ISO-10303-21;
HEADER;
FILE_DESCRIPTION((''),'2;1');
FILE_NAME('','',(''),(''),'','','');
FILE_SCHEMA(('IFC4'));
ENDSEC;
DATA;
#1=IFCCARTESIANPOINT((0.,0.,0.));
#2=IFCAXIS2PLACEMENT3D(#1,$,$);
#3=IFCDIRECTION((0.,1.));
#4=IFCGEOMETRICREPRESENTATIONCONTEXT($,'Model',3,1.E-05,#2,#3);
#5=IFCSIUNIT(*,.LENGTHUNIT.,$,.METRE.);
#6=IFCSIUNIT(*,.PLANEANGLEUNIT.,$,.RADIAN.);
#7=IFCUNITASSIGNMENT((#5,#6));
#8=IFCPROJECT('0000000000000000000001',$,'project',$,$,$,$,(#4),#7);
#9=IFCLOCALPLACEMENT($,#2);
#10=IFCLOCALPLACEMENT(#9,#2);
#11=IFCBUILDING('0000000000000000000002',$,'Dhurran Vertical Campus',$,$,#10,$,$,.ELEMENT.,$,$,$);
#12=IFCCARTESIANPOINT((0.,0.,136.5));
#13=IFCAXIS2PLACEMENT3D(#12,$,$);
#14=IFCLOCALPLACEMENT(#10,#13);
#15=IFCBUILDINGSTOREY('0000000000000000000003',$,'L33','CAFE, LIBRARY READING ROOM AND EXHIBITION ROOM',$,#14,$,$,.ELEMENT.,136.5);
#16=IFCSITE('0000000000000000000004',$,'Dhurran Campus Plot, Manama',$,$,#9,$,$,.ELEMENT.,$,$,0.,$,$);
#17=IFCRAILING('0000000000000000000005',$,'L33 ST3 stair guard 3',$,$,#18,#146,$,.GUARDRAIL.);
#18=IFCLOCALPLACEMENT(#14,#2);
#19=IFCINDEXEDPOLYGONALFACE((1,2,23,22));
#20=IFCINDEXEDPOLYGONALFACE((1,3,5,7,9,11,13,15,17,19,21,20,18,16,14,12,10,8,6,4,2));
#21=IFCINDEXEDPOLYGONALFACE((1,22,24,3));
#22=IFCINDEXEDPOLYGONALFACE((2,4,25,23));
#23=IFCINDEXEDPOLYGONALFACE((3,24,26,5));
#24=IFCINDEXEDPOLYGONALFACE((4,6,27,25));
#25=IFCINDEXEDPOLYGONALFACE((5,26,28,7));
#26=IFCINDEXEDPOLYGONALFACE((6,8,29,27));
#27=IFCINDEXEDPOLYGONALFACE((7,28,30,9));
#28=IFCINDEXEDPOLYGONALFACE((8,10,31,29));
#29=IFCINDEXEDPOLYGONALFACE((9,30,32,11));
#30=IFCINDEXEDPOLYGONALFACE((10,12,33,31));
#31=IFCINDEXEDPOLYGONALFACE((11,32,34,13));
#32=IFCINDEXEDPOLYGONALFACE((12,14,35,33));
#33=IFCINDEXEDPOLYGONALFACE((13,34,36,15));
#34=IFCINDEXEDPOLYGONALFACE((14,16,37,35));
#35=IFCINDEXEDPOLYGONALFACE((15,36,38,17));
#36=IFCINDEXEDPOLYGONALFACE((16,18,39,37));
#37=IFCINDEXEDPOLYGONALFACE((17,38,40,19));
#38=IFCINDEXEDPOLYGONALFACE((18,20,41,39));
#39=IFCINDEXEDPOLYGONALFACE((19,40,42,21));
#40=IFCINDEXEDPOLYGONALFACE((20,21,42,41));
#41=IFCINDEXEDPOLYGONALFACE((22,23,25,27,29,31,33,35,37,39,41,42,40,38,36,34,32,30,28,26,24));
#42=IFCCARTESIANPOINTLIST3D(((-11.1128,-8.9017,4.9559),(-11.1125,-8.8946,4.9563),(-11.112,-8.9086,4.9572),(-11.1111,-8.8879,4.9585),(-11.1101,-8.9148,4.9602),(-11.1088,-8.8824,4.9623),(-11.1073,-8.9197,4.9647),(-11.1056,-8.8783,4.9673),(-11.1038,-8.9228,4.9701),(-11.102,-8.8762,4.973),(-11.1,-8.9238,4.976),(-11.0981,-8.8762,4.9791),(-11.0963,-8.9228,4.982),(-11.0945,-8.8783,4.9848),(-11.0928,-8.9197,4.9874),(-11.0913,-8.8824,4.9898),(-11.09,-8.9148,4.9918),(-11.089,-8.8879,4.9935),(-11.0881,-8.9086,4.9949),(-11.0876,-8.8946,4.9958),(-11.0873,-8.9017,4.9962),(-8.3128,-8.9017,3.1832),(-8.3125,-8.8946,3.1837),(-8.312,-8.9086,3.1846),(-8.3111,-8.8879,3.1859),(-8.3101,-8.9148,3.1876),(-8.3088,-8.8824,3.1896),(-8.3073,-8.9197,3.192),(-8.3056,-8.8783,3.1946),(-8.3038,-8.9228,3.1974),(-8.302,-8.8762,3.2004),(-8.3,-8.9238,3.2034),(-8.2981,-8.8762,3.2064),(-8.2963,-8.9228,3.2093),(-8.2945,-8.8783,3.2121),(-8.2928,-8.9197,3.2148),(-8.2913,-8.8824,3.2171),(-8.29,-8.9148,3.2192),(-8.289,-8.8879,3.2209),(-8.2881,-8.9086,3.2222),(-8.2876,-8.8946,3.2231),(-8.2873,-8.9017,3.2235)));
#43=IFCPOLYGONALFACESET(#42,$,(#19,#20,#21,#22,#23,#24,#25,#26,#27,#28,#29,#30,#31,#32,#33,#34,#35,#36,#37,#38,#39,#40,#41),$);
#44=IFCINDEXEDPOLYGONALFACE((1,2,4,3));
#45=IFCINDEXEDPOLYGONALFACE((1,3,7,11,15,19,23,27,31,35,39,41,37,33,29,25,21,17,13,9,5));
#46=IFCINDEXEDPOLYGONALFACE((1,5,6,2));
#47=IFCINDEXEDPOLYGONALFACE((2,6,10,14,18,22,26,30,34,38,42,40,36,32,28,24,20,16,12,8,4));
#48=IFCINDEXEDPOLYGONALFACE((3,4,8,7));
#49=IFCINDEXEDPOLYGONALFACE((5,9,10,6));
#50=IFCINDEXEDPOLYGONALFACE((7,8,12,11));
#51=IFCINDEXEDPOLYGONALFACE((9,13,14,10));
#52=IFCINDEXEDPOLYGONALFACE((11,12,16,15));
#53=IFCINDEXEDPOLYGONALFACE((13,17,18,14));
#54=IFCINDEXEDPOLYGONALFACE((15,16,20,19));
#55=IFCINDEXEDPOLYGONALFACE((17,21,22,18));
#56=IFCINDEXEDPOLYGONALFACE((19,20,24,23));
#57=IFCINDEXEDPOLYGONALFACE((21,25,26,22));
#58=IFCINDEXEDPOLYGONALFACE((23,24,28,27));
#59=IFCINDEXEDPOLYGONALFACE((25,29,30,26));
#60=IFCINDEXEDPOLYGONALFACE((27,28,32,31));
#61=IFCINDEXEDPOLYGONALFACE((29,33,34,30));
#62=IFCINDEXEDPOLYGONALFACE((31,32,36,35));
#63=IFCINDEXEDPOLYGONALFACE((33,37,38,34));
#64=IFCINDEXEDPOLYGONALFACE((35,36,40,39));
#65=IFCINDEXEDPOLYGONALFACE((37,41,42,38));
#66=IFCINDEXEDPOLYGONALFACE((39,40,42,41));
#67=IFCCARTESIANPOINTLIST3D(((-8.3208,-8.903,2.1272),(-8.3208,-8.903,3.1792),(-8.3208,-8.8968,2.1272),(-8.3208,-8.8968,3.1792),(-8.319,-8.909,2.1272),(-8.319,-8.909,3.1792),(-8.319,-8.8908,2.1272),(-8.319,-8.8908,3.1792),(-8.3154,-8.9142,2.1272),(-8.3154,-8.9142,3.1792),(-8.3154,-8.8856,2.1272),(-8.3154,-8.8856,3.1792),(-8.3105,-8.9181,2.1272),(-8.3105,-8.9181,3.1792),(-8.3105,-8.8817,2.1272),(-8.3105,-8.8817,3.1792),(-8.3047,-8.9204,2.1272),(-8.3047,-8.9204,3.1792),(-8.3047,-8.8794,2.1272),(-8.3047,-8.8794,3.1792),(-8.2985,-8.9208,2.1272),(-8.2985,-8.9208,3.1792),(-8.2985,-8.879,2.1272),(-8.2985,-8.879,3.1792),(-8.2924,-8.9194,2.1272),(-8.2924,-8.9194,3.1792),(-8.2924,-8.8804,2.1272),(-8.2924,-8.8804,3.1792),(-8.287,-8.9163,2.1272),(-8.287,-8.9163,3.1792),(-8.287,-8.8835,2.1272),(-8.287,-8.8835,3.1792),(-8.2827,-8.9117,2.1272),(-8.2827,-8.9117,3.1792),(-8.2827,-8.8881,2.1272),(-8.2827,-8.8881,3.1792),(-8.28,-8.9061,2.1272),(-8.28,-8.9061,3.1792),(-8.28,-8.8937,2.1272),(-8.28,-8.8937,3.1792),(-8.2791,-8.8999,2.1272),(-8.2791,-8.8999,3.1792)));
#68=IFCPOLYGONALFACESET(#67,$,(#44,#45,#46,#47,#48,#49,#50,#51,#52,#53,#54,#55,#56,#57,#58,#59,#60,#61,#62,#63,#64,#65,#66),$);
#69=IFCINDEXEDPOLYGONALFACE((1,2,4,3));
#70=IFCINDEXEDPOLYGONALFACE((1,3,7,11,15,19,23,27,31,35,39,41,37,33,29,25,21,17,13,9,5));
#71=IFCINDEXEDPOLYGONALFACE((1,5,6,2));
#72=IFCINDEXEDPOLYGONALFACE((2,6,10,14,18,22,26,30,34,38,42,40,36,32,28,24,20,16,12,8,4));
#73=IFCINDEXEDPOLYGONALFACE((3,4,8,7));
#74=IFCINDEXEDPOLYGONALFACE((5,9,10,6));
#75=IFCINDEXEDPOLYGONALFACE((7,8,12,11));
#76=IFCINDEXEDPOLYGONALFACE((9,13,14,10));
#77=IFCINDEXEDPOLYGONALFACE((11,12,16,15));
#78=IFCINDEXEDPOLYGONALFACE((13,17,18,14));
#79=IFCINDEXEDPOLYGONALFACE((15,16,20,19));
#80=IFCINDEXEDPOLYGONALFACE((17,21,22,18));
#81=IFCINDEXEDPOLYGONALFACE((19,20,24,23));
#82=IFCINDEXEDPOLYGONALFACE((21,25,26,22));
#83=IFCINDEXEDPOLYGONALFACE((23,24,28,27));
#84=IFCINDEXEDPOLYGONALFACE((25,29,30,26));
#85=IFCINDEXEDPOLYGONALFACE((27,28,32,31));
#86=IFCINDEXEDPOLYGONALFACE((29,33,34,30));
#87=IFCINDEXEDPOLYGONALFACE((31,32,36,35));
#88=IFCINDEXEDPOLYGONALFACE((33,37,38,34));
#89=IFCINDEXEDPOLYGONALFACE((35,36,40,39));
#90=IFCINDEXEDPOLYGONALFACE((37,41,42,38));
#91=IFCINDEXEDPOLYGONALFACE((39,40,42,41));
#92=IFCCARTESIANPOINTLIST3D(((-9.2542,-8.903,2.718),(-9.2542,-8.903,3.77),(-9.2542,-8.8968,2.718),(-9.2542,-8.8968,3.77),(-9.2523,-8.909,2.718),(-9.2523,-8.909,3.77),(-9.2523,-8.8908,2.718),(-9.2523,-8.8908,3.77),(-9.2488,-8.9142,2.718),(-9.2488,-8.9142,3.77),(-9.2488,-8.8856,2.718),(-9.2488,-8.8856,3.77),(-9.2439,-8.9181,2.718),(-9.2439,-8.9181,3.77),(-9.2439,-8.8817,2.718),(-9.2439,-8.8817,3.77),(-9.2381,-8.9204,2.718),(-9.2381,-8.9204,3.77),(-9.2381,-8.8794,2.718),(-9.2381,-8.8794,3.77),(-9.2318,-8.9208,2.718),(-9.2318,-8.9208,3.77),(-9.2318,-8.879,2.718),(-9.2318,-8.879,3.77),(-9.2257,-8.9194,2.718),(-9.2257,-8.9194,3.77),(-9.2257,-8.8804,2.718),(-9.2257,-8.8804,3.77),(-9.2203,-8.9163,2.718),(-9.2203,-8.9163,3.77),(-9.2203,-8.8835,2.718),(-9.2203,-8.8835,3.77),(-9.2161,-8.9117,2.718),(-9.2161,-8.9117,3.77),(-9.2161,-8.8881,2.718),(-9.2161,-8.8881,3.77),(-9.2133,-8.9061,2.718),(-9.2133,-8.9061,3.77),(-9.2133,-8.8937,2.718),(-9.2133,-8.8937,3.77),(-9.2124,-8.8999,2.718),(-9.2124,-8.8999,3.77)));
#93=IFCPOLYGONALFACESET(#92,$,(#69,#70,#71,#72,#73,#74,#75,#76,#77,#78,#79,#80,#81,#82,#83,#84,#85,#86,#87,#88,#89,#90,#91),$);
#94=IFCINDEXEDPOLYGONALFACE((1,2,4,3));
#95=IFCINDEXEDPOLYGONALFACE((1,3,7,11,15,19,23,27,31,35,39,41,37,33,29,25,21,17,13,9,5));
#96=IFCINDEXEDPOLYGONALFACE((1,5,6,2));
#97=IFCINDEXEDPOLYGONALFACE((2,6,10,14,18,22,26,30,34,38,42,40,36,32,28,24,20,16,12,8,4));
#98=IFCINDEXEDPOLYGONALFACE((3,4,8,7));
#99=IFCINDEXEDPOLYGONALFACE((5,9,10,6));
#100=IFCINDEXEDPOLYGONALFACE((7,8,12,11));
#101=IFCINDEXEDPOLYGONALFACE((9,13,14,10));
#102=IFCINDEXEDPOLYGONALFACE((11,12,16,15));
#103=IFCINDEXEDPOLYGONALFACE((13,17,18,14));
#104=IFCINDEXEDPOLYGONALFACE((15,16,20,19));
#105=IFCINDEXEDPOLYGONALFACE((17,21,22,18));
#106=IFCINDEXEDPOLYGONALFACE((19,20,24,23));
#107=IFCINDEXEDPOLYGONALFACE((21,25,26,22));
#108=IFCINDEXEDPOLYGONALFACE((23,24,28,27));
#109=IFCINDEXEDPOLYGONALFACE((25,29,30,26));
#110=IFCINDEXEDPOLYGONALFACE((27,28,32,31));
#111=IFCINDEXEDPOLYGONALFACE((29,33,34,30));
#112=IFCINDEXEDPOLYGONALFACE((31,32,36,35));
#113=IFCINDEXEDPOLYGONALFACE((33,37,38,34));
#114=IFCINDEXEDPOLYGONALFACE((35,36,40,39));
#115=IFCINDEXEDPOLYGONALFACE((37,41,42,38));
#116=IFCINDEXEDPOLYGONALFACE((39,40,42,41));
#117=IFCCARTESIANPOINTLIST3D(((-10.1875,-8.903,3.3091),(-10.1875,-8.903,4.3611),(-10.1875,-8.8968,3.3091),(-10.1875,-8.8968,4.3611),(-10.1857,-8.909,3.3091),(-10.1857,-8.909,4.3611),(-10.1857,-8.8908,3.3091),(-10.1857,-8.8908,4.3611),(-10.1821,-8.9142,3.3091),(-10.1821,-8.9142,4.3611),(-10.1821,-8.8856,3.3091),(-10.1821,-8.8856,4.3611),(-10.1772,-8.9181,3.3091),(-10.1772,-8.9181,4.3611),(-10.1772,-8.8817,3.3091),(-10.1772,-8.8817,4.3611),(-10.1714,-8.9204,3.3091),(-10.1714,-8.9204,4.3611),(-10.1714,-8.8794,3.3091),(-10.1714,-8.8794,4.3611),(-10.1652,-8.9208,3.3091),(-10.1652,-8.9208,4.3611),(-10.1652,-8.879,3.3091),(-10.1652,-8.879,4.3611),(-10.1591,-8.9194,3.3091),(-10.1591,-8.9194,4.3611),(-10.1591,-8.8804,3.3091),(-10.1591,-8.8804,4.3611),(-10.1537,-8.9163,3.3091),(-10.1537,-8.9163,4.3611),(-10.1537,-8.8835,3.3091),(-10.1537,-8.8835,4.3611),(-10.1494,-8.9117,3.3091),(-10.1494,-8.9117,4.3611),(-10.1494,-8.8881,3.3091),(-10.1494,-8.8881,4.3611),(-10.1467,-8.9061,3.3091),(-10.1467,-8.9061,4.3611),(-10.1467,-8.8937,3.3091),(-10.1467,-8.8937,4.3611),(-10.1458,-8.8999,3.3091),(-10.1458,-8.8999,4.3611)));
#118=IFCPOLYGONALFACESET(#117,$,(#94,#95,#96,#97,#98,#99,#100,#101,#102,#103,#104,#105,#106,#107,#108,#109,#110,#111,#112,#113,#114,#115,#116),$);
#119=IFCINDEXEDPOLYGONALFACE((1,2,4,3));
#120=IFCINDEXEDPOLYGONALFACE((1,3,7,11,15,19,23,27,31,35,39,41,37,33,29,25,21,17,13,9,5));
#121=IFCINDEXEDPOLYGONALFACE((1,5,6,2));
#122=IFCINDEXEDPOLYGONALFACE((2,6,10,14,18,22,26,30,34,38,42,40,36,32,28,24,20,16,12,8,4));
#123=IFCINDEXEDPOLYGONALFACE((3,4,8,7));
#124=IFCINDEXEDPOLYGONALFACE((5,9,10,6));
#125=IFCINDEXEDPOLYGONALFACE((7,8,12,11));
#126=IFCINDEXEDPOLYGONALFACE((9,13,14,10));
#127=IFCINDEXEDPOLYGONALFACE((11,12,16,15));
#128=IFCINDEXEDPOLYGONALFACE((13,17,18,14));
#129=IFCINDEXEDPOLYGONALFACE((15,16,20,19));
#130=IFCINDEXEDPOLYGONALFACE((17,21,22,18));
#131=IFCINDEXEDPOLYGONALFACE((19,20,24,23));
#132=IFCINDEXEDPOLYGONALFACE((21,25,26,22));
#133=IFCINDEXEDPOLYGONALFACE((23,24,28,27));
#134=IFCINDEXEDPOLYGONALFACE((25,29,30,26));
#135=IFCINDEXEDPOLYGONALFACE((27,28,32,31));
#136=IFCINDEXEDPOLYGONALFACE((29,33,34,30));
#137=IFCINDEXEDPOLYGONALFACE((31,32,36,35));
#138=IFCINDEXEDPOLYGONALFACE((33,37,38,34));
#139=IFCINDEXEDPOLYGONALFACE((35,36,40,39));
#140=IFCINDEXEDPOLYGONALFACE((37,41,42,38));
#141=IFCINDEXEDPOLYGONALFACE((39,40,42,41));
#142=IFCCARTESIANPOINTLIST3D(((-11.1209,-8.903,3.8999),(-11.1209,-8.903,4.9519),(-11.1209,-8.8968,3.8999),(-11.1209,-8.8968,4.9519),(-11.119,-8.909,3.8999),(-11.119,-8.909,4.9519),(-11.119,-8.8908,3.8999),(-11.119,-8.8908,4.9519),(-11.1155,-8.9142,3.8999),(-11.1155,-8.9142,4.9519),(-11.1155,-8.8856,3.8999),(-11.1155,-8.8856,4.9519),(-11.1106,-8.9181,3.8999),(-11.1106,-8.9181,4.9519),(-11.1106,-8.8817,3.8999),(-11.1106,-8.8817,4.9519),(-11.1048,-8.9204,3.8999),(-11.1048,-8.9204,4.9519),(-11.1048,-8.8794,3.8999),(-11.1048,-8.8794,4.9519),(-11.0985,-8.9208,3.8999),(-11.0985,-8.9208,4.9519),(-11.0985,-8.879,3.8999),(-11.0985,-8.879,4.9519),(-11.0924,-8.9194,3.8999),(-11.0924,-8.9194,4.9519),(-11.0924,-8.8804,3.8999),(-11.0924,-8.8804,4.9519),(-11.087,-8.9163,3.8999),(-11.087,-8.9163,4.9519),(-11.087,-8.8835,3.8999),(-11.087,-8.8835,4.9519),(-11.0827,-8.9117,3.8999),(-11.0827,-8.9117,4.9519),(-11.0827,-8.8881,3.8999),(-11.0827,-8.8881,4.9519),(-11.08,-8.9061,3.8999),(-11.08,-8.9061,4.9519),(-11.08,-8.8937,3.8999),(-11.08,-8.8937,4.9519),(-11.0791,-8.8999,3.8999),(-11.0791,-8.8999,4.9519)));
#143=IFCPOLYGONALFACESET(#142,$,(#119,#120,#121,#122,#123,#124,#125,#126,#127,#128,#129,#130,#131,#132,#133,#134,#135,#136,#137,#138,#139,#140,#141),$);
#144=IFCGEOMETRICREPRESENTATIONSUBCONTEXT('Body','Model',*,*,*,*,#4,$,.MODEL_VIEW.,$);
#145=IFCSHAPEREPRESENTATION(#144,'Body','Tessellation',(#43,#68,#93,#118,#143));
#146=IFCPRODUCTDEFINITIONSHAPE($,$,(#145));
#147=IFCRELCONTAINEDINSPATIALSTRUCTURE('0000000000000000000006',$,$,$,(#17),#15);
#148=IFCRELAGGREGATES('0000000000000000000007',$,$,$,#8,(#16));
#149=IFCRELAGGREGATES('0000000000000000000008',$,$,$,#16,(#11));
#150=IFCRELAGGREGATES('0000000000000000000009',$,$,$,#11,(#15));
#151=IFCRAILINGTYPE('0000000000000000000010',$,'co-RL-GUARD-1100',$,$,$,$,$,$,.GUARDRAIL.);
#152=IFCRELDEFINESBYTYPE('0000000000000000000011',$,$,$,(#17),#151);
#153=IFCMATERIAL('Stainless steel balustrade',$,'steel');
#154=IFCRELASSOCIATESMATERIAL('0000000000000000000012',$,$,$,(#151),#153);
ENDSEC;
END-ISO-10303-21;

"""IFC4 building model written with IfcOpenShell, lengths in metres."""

from ifc_helpers import new_model, si_unit, direction, frame, origin, origin_2d, place, context, subcontext, project, spatial, circle, extrude, material, type_object, element, save


model = new_model("IFC4")

# Units and contexts
model_context = context("Model", 3, precision=1e-05, world=origin(), true_north=direction((0.0, 1.0)))
body_context = subcontext(model_context, "Body", "Model", "MODEL_VIEW")
ifc_project = project(units=[si_unit("LENGTHUNIT", "METRE"), si_unit("PLANEANGLEUNIT", "RADIAN")], contexts=[model_context])

# Site, building, storey
site_placement = place(None, origin())
site = spatial("IfcSite", under=ifc_project, at=site_placement, Name="Dhurran Campus Plot, Manama", CompositionType="ELEMENT", RefElevation=0.0)
building_placement = place(site_placement, origin())
building = spatial("IfcBuilding", under=site, at=building_placement, Name="Dhurran Vertical Campus", CompositionType="ELEMENT")
storey_placement = place(building_placement, frame((0.0, 0.0, 136.5)))
storey = spatial("IfcBuildingStorey", under=building, at=storey_placement, Name="L33", Description="CAFE, LIBRARY READING ROOM AND EXHIBITION ROOM", CompositionType="ELEMENT", Elevation=136.5)

# Railing
ifc_material_1 = material(Name="Stainless steel balustrade", Category="steel")
railing_type_1 = type_object("IfcRailingType", Name="co-RL-GUARD-1100", PredefinedType="GUARDRAIL", material=ifc_material_1)
railing_1_placement = place(storey_placement, frame((-8.3, -8.8999, 2.1272)))
element("IfcRailing", 1, at=railing_1_placement, inside=storey, type_object=railing_type_1, Name="L33 ST3 stair guard 3", PredefinedType="GUARDRAIL", context=body_context, shape_type="SweptSolid", body=[
    extrude(circle(Radius=0.0239, at=origin_2d()), frame((0.0, 0.0, 1.0762), z_axis=(-0.844909, 0.0, 0.53491), x_axis=(0.0, -1.0, 0.0)), (0.0, 0.0, 1.0), 3.314),
    extrude(circle(Radius=0.021, at=origin_2d()), origin(), (0.0, 0.0, 1.0), 1.052),
    extrude(circle(Radius=0.021, at=origin_2d()), frame((-0.9333, 0.0, 0.5908)), (0.0, 0.0, 1.0), 1.052),
    extrude(circle(Radius=0.021, at=origin_2d()), frame((-1.8667, 0.0, 1.1819)), (0.0, 0.0, 1.0), 1.052),
    extrude(circle(Radius=0.021, at=origin_2d()), frame((-2.8, 0.0, 1.7727)), (0.0, 0.0, 1.0), 1.052),
])

save(model, "model.ifc")
